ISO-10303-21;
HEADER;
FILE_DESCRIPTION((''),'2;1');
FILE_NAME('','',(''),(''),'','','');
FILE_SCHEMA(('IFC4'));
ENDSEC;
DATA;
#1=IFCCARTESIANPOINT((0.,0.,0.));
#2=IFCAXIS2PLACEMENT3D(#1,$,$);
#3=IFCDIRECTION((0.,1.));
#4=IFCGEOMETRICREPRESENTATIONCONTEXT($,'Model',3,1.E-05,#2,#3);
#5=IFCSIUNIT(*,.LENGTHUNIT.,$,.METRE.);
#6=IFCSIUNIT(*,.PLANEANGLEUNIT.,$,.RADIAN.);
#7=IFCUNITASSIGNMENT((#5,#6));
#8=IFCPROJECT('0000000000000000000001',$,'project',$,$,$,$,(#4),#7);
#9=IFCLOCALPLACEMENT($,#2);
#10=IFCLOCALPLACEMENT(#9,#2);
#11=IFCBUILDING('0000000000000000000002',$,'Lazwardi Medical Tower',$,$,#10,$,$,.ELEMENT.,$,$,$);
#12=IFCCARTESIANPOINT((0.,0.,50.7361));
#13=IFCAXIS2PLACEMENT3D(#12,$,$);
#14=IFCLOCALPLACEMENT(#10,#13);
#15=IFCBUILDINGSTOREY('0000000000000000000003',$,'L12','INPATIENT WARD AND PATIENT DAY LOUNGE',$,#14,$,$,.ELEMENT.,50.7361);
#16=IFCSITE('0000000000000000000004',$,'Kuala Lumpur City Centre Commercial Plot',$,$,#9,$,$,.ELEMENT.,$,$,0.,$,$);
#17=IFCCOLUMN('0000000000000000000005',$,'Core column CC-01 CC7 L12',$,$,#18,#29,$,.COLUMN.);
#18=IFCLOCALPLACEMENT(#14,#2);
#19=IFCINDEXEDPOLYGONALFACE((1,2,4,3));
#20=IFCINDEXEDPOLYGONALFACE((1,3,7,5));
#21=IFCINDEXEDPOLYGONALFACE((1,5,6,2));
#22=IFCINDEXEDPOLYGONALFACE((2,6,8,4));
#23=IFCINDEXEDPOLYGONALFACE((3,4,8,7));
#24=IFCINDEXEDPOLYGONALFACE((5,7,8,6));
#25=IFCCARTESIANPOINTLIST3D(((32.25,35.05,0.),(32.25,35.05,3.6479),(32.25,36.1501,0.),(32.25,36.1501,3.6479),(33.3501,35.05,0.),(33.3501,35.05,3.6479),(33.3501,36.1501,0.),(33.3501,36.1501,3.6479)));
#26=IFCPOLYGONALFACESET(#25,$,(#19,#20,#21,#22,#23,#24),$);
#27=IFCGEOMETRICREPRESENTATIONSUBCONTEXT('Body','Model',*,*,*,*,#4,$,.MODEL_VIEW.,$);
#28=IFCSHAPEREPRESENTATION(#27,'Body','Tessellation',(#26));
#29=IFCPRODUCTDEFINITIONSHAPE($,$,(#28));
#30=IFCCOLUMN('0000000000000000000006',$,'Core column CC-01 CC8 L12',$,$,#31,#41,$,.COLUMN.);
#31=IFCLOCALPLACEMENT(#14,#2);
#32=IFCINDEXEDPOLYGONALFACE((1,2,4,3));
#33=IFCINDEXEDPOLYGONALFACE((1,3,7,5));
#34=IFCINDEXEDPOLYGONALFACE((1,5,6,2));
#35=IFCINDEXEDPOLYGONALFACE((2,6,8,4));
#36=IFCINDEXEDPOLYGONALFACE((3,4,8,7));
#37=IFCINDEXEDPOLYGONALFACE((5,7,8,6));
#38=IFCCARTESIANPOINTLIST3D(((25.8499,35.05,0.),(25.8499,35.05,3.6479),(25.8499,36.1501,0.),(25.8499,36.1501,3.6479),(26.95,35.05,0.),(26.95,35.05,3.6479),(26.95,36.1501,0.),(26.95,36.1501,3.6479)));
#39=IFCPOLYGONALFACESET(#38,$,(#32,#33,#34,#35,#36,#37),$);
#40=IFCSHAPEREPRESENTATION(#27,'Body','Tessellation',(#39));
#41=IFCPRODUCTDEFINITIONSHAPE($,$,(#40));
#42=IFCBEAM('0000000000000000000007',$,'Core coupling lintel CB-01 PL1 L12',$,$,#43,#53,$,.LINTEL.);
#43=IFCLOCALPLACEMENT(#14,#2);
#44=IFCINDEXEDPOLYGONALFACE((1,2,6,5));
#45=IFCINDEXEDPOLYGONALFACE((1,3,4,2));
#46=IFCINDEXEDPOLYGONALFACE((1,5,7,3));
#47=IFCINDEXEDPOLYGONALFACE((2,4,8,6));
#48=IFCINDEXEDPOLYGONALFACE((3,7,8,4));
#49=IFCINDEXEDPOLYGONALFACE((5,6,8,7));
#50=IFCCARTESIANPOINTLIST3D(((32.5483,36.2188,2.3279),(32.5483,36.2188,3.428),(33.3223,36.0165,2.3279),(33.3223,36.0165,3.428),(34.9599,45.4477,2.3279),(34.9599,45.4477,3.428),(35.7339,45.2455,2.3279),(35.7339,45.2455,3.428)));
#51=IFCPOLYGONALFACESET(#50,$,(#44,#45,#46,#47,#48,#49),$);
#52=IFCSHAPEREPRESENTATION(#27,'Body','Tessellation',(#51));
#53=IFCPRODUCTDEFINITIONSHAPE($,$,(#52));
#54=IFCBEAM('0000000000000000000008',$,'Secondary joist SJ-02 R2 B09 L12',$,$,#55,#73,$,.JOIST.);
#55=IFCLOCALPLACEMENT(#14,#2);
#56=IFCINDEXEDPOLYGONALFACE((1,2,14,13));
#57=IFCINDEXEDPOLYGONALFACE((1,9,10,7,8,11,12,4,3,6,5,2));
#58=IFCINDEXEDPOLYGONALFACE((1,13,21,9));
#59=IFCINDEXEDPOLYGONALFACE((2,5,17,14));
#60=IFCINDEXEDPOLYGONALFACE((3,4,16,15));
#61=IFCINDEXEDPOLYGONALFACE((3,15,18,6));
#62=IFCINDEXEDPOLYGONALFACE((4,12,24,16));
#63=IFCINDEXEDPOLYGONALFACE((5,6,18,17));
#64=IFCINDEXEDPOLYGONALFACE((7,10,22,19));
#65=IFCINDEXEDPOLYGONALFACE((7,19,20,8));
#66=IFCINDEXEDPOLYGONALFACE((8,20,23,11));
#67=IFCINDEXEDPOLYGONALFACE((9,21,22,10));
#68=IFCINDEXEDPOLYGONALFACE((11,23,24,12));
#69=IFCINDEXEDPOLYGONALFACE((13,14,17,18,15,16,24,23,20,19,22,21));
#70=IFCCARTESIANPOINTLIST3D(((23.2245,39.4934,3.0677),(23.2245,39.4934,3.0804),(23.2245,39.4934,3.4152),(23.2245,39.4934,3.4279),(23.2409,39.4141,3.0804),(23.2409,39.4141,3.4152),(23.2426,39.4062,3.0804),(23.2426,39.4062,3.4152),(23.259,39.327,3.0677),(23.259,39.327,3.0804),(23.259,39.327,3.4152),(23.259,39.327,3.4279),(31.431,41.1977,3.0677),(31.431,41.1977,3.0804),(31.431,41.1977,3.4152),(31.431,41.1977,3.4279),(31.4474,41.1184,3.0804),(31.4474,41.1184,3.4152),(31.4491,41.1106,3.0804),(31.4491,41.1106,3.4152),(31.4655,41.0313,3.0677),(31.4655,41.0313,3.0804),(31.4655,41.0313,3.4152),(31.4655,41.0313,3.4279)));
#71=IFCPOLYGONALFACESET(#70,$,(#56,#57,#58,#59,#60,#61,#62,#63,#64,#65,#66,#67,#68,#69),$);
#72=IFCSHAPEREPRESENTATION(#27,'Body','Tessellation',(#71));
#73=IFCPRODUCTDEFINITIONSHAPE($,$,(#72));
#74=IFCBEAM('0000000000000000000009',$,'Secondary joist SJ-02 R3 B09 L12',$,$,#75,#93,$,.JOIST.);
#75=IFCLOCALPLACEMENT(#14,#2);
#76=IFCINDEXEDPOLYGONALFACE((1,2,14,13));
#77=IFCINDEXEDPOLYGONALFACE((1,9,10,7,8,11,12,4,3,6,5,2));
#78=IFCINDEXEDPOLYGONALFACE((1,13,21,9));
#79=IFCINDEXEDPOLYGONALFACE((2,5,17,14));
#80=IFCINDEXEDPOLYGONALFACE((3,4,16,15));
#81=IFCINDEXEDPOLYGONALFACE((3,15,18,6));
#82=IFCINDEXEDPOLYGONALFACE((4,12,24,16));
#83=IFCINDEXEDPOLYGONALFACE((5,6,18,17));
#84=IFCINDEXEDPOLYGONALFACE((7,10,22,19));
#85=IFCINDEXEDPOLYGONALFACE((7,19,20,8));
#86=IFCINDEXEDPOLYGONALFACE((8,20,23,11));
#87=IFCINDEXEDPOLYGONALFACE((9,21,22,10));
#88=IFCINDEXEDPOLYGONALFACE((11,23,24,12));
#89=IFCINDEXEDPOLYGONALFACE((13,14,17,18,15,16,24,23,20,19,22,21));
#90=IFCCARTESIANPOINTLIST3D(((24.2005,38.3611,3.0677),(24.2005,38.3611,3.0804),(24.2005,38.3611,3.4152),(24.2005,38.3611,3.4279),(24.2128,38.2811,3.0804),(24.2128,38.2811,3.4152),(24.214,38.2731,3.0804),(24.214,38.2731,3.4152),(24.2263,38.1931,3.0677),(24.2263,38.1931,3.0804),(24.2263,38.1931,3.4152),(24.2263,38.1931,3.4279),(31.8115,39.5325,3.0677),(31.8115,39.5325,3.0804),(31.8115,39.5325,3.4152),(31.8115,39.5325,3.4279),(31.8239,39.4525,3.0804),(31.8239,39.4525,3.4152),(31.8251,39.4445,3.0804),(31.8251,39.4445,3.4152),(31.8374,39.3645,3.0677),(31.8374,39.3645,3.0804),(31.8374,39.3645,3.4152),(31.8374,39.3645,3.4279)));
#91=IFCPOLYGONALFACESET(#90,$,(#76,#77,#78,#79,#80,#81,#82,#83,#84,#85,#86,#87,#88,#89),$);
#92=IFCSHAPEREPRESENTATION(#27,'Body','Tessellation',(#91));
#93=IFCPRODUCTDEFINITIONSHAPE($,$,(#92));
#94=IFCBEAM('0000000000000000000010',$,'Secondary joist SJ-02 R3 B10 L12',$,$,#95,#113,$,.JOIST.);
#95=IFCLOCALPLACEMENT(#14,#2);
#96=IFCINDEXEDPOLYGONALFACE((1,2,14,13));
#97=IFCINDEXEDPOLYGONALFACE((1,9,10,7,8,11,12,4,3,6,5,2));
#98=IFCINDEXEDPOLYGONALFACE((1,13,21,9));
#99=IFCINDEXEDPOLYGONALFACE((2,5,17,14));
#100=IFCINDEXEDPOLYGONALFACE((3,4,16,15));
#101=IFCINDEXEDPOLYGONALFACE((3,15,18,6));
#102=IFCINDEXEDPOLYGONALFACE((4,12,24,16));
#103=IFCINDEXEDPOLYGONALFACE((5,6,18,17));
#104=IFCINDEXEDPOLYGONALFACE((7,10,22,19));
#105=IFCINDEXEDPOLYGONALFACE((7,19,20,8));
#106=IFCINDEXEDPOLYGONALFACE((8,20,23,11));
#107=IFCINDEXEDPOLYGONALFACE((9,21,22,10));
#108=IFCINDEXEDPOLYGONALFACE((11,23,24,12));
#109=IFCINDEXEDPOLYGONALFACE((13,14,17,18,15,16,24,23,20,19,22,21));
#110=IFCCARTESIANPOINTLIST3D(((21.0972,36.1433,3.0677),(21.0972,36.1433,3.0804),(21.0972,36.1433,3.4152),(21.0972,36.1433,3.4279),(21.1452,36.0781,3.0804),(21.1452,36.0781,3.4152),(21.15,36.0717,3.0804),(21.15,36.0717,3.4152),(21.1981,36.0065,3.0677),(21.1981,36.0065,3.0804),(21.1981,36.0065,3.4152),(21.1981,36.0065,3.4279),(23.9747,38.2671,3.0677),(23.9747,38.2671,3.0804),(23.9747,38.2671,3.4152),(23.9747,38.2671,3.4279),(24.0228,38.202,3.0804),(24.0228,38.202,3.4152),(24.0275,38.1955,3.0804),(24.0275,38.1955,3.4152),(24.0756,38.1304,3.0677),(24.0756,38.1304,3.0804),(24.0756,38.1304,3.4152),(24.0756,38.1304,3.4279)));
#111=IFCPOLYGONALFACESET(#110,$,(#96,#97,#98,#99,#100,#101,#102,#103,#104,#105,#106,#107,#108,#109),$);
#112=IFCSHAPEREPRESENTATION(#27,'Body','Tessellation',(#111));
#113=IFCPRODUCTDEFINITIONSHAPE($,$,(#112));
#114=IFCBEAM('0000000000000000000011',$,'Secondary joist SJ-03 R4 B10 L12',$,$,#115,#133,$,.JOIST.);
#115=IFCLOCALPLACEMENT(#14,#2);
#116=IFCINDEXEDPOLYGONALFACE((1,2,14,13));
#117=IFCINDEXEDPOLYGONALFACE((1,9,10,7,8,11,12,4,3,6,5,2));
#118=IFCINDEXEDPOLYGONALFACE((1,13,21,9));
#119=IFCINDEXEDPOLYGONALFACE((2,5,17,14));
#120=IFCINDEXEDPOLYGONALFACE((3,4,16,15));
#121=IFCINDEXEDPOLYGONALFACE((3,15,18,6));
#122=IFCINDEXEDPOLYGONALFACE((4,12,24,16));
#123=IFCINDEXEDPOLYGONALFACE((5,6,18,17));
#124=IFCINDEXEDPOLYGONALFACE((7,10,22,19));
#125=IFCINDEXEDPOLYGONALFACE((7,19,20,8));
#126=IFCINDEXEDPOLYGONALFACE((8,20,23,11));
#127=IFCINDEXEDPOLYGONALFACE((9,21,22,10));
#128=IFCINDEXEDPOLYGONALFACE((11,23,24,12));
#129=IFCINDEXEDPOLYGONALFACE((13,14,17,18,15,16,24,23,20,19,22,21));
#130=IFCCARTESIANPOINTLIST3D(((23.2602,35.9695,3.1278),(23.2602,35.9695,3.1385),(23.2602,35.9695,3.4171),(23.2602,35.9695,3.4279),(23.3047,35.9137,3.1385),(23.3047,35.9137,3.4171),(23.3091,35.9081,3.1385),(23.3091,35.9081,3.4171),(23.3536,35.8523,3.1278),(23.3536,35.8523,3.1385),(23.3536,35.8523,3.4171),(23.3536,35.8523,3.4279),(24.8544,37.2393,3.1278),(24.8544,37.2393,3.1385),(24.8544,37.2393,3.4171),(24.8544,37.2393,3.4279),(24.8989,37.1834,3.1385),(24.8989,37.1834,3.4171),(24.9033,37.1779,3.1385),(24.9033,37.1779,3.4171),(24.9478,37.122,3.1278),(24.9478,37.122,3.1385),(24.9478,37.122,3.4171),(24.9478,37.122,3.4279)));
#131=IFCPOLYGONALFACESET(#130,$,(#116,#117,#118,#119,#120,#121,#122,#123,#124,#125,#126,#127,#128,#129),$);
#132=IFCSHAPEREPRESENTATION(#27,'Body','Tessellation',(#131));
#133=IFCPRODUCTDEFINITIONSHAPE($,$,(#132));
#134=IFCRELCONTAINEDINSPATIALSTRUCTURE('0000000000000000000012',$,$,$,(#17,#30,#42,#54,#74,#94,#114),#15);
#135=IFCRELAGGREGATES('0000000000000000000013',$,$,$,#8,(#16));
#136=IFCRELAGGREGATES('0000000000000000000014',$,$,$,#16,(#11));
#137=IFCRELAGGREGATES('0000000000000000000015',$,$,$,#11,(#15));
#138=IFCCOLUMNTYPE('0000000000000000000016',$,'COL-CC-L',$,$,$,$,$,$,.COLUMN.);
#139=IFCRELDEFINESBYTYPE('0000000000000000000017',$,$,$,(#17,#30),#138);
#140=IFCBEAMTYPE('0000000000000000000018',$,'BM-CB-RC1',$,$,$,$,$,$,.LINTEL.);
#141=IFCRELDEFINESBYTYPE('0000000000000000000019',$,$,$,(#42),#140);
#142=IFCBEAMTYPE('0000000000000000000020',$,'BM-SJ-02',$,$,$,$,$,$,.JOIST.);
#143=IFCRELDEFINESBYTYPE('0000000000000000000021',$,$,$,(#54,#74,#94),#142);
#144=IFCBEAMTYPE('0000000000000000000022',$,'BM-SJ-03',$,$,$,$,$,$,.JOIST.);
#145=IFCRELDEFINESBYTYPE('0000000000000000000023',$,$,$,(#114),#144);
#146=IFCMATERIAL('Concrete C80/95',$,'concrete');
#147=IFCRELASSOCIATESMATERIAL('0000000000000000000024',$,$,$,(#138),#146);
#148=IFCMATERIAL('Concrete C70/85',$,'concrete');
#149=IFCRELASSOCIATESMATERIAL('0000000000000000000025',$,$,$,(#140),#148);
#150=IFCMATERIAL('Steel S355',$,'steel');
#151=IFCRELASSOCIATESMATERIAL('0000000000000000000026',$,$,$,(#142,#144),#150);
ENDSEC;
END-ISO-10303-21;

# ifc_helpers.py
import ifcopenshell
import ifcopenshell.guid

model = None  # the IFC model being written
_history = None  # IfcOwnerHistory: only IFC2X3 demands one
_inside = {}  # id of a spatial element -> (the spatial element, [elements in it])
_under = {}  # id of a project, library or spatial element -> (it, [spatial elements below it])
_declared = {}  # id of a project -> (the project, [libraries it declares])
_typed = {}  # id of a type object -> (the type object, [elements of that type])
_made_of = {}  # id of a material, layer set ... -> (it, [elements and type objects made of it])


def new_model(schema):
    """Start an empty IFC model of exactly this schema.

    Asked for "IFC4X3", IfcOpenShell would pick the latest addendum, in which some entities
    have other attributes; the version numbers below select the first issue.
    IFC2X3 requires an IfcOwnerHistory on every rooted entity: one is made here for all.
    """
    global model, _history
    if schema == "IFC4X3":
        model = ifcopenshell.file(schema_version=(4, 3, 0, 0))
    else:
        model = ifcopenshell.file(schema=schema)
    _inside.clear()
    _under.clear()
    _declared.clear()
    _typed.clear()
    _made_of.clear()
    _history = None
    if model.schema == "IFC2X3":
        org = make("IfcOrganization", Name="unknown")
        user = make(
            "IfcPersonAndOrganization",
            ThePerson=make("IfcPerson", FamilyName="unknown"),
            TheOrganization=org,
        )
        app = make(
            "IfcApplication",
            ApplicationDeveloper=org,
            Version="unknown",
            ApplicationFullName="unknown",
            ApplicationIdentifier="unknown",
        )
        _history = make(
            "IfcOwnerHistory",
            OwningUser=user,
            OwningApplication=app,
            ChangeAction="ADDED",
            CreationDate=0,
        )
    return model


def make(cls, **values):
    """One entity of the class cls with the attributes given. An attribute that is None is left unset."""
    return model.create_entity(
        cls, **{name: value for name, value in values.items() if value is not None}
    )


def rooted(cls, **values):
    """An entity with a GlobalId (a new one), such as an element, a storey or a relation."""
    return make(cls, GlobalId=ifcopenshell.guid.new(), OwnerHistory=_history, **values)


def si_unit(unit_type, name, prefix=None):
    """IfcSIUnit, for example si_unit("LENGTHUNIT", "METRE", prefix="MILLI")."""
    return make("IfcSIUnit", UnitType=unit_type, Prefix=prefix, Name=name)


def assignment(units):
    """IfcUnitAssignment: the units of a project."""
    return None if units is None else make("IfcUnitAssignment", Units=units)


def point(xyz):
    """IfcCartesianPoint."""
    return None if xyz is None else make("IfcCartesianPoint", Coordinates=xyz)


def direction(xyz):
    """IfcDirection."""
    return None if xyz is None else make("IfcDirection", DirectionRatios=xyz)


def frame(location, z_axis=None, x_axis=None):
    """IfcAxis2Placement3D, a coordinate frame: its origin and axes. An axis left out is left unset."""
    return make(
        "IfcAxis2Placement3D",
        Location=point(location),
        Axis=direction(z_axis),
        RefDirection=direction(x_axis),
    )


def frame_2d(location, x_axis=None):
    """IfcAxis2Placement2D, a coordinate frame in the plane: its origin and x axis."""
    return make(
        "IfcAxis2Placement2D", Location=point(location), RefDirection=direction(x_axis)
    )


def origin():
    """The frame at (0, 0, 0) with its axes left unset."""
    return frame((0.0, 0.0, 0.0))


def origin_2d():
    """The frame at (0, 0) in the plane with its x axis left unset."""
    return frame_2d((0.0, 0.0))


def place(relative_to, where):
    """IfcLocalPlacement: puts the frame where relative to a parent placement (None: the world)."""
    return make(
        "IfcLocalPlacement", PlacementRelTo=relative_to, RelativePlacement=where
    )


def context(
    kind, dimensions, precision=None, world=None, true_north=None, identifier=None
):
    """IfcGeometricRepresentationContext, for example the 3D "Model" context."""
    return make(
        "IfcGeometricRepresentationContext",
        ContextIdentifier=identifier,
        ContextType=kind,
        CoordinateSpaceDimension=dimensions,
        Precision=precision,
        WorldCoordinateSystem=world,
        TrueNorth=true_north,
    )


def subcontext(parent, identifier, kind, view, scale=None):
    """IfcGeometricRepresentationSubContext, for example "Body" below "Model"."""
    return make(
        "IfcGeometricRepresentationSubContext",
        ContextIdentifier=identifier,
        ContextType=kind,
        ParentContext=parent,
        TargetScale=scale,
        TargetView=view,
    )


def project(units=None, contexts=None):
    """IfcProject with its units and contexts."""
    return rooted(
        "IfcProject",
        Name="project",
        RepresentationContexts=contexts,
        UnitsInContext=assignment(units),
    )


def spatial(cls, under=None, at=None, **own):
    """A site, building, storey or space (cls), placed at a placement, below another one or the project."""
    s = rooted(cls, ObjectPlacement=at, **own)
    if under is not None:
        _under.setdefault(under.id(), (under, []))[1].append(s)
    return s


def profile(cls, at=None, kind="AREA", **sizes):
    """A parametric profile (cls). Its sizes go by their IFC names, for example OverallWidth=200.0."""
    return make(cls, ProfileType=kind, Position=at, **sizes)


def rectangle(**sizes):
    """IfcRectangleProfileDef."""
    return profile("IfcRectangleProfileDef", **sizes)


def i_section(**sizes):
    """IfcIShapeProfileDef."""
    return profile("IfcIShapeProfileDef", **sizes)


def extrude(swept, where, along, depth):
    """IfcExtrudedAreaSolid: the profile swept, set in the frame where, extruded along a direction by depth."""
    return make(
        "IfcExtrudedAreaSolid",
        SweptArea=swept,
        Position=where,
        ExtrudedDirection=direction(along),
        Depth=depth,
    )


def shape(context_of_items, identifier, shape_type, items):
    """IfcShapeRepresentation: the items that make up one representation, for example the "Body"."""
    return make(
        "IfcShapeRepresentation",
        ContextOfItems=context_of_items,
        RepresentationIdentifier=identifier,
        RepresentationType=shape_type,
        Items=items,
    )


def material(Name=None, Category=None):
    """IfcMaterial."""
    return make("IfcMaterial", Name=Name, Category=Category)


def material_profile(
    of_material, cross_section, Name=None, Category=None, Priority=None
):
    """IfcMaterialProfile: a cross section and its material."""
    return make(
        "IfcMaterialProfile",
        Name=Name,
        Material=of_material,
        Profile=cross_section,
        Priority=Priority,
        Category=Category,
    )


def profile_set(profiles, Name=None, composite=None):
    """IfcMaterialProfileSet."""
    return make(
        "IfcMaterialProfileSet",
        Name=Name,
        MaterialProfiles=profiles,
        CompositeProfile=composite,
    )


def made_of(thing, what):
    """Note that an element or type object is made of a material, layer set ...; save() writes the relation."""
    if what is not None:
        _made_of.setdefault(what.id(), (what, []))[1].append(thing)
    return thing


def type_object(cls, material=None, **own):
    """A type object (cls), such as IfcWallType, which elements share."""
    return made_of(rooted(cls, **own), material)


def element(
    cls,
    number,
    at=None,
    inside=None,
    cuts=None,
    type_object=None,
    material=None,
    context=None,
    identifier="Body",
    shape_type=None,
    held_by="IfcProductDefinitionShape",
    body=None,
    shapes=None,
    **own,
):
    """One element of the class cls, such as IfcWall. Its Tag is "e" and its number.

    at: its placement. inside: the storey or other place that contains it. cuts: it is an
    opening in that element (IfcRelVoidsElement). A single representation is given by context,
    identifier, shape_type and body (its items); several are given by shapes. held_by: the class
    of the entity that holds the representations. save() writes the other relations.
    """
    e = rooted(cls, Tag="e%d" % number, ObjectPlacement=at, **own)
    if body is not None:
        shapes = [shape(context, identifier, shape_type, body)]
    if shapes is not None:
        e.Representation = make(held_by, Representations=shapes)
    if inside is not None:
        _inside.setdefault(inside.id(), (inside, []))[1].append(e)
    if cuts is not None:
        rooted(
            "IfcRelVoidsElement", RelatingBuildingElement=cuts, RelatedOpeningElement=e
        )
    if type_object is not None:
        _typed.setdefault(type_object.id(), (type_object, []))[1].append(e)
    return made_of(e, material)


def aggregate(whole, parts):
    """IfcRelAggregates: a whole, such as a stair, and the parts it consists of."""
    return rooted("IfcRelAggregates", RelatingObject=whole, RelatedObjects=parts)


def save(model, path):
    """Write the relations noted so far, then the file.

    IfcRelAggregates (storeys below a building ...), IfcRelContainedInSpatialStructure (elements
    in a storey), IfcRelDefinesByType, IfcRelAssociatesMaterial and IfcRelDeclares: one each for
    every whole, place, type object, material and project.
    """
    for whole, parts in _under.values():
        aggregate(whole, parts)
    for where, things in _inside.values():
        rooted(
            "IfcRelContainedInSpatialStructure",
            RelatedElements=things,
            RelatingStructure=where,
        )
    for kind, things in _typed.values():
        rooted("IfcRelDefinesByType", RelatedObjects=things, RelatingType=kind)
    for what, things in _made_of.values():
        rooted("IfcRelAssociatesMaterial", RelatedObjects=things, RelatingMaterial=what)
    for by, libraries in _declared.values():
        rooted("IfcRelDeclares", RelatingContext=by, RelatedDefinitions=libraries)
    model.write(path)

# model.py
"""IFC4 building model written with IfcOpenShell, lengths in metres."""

from ifc_helpers import new_model, si_unit, direction, frame, origin, origin_2d, place, context, subcontext, project, spatial, rectangle, i_section, extrude, material, material_profile, profile_set, type_object, element, save


model = new_model("IFC4")

# Units and contexts
model_context = context("Model", 3, precision=1e-05, world=origin(), true_north=direction((0.0, 1.0)))
body_context = subcontext(model_context, "Body", "Model", "MODEL_VIEW")
ifc_project = project(units=[si_unit("LENGTHUNIT", "METRE"), si_unit("PLANEANGLEUNIT", "RADIAN")], contexts=[model_context])

# Site, building, storey
site_placement = place(None, origin())
site = spatial("IfcSite", under=ifc_project, at=site_placement, Name="Kuala Lumpur City Centre Commercial Plot", CompositionType="ELEMENT", RefElevation=0.0)
building_placement = place(site_placement, origin())
building = spatial("IfcBuilding", under=site, at=building_placement, Name="Lazwardi Medical Tower", CompositionType="ELEMENT")
storey_placement = place(building_placement, frame((0.0, 0.0, 50.7361)))
storey = spatial("IfcBuildingStorey", under=building, at=storey_placement, Name="L12", Description="INPATIENT WARD AND PATIENT DAY LOUNGE", CompositionType="ELEMENT", Elevation=50.7361)

# Columns
ifc_material_1 = material(Name="Concrete C80/95", Category="concrete")
ifc_material_profile_1 = material_profile(ifc_material_1, rectangle(XDim=1.1001, YDim=1.1001, at=origin_2d()), Name="RC 1100x1100")
ifc_profile_set_1 = profile_set([ifc_material_profile_1], Name="Concrete C80/95")
column_type = type_object("IfcColumnType", Name="COL-CC-L", PredefinedType="COLUMN", material=ifc_profile_set_1)
for number, where, z_axis, x_axis, name in (
    (1, (32.8, 35.6001, 0.0), (0.0, 0.0, 1.0), (1.0, 0.0, 0.0), "Core column CC-01 CC7 L12"),
    (2, (26.3999, 35.6001, 0.0), (0.0, 0.0, 1.0), (1.0, 0.0, 0.0), "Core column CC-01 CC8 L12"),
):
    element("IfcColumn", number, at=place(storey_placement, frame(where, z_axis=z_axis, x_axis=x_axis)), inside=storey, type_object=column_type, Name=name, PredefinedType="COLUMN", context=body_context, shape_type="SweptSolid", body=[
        extrude(rectangle(XDim=1.1001, YDim=1.1001, at=origin_2d()), origin(), (0.0, 0.0, 1.0), 3.6479),
    ])

# Beams
ifc_material_2 = material(Name="Concrete C70/85", Category="concrete")
ifc_material_profile_2 = material_profile(ifc_material_2, rectangle(XDim=0.8, YDim=1.1001, at=origin_2d()), Name="RC 800x1100")
ifc_profile_set_2 = profile_set([ifc_material_profile_2], Name="Concrete C70/85")
beam_type_1 = type_object("IfcBeamType", Name="BM-CB-RC1", PredefinedType="LINTEL", material=ifc_profile_set_2)
beam_1_placement = place(storey_placement, frame((32.9353, 36.1177, 2.8779), z_axis=(0.25282, 0.967513, 0.0), x_axis=(-0.967513, 0.25282, 0.0)))
element("IfcBeam", 3, at=beam_1_placement, inside=storey, type_object=beam_type_1, Name="Core coupling lintel CB-01 PL1 L12", PredefinedType="LINTEL", context=body_context, shape_type="SweptSolid", body=[
    extrude(rectangle(XDim=0.8, YDim=1.1001, at=origin_2d()), origin(), (0.0, 0.0, 1.0), 9.5388),
])
ifc_material_3 = material(Name="Steel S355", Category="steel")
ifc_material_profile_3 = material_profile(ifc_material_3, i_section(OverallWidth=0.1699, OverallDepth=0.3601, WebThickness=0.0081, FlangeThickness=0.0127, at=origin_2d()), Name="IPE 360")
ifc_profile_set_3 = profile_set([ifc_material_profile_3], Name="Steel S355")
beam_type_2 = type_object("IfcBeamType", Name="BM-SJ-02", PredefinedType="JOIST", material=ifc_profile_set_3)
beam_2_placement = place(storey_placement, frame((31.4482, 41.1145, 3.2478), z_axis=(-0.979108, -0.203342, 0.0), x_axis=(0.203342, -0.979108, 0.0)))
element("IfcBeam", 4, at=beam_2_placement, inside=storey, type_object=beam_type_2, Name="Secondary joist SJ-02 R2 B09 L12", PredefinedType="JOIST", context=body_context, shape_type="SweptSolid", body=[
    extrude(i_section(OverallWidth=0.1699, OverallDepth=0.3601, WebThickness=0.0081, FlangeThickness=0.0127, at=origin_2d()), origin(), (0.0, 0.0, 1.0), 8.3816),
])
beam_3_placement = place(storey_placement, frame((31.8245, 39.4485, 3.2478), z_axis=(-0.988363, -0.152114, 0.0), x_axis=(0.152114, -0.988363, 0.0)))
element("IfcBeam", 5, at=beam_3_placement, inside=storey, type_object=beam_type_2, Name="Secondary joist SJ-02 R3 B09 L12", PredefinedType="JOIST", context=body_context, shape_type="SweptSolid", body=[
    extrude(i_section(OverallWidth=0.1699, OverallDepth=0.3601, WebThickness=0.0081, FlangeThickness=0.0127, at=origin_2d()), origin(), (0.0, 0.0, 1.0), 7.7007),
])
beam_4_placement = place(storey_placement, frame((24.0251, 38.1987, 3.2478), z_axis=(-0.80458, -0.593844, 0.0), x_axis=(0.593844, -0.80458, 0.0)))
element("IfcBeam", 6, at=beam_4_placement, inside=storey, type_object=beam_type_2, Name="Secondary joist SJ-02 R3 B10 L12", PredefinedType="JOIST", context=body_context, shape_type="SweptSolid", body=[
    extrude(i_section(OverallWidth=0.1699, OverallDepth=0.3601, WebThickness=0.0081, FlangeThickness=0.0127, at=origin_2d()), origin(), (0.0, 0.0, 1.0), 3.5764),
])
ifc_material_profile_4 = material_profile(ifc_material_3, i_section(OverallWidth=0.1499, OverallDepth=0.3, WebThickness=0.0071, FlangeThickness=0.0107, at=origin_2d()), Name="IPE 300")
ifc_profile_set_4 = profile_set([ifc_material_profile_4], Name="Steel S355")
beam_type_3 = type_object("IfcBeamType", Name="BM-SJ-03", PredefinedType="JOIST", material=ifc_profile_set_4)
beam_5_placement = place(storey_placement, frame((24.9011, 37.1807, 3.2778), z_axis=(-0.782211, -0.623014, 0.0), x_axis=(0.623014, -0.782211, 0.0)))
element("IfcBeam", 7, at=beam_5_placement, inside=storey, type_object=beam_type_3, Name="Secondary joist SJ-03 R4 B10 L12", PredefinedType="JOIST", context=body_context, shape_type="SweptSolid", body=[
    extrude(i_section(OverallWidth=0.1499, OverallDepth=0.3, WebThickness=0.0071, FlangeThickness=0.0107, at=origin_2d()), origin(), (0.0, 0.0, 1.0), 2.0381),
])

save(model, "model.ifc")
